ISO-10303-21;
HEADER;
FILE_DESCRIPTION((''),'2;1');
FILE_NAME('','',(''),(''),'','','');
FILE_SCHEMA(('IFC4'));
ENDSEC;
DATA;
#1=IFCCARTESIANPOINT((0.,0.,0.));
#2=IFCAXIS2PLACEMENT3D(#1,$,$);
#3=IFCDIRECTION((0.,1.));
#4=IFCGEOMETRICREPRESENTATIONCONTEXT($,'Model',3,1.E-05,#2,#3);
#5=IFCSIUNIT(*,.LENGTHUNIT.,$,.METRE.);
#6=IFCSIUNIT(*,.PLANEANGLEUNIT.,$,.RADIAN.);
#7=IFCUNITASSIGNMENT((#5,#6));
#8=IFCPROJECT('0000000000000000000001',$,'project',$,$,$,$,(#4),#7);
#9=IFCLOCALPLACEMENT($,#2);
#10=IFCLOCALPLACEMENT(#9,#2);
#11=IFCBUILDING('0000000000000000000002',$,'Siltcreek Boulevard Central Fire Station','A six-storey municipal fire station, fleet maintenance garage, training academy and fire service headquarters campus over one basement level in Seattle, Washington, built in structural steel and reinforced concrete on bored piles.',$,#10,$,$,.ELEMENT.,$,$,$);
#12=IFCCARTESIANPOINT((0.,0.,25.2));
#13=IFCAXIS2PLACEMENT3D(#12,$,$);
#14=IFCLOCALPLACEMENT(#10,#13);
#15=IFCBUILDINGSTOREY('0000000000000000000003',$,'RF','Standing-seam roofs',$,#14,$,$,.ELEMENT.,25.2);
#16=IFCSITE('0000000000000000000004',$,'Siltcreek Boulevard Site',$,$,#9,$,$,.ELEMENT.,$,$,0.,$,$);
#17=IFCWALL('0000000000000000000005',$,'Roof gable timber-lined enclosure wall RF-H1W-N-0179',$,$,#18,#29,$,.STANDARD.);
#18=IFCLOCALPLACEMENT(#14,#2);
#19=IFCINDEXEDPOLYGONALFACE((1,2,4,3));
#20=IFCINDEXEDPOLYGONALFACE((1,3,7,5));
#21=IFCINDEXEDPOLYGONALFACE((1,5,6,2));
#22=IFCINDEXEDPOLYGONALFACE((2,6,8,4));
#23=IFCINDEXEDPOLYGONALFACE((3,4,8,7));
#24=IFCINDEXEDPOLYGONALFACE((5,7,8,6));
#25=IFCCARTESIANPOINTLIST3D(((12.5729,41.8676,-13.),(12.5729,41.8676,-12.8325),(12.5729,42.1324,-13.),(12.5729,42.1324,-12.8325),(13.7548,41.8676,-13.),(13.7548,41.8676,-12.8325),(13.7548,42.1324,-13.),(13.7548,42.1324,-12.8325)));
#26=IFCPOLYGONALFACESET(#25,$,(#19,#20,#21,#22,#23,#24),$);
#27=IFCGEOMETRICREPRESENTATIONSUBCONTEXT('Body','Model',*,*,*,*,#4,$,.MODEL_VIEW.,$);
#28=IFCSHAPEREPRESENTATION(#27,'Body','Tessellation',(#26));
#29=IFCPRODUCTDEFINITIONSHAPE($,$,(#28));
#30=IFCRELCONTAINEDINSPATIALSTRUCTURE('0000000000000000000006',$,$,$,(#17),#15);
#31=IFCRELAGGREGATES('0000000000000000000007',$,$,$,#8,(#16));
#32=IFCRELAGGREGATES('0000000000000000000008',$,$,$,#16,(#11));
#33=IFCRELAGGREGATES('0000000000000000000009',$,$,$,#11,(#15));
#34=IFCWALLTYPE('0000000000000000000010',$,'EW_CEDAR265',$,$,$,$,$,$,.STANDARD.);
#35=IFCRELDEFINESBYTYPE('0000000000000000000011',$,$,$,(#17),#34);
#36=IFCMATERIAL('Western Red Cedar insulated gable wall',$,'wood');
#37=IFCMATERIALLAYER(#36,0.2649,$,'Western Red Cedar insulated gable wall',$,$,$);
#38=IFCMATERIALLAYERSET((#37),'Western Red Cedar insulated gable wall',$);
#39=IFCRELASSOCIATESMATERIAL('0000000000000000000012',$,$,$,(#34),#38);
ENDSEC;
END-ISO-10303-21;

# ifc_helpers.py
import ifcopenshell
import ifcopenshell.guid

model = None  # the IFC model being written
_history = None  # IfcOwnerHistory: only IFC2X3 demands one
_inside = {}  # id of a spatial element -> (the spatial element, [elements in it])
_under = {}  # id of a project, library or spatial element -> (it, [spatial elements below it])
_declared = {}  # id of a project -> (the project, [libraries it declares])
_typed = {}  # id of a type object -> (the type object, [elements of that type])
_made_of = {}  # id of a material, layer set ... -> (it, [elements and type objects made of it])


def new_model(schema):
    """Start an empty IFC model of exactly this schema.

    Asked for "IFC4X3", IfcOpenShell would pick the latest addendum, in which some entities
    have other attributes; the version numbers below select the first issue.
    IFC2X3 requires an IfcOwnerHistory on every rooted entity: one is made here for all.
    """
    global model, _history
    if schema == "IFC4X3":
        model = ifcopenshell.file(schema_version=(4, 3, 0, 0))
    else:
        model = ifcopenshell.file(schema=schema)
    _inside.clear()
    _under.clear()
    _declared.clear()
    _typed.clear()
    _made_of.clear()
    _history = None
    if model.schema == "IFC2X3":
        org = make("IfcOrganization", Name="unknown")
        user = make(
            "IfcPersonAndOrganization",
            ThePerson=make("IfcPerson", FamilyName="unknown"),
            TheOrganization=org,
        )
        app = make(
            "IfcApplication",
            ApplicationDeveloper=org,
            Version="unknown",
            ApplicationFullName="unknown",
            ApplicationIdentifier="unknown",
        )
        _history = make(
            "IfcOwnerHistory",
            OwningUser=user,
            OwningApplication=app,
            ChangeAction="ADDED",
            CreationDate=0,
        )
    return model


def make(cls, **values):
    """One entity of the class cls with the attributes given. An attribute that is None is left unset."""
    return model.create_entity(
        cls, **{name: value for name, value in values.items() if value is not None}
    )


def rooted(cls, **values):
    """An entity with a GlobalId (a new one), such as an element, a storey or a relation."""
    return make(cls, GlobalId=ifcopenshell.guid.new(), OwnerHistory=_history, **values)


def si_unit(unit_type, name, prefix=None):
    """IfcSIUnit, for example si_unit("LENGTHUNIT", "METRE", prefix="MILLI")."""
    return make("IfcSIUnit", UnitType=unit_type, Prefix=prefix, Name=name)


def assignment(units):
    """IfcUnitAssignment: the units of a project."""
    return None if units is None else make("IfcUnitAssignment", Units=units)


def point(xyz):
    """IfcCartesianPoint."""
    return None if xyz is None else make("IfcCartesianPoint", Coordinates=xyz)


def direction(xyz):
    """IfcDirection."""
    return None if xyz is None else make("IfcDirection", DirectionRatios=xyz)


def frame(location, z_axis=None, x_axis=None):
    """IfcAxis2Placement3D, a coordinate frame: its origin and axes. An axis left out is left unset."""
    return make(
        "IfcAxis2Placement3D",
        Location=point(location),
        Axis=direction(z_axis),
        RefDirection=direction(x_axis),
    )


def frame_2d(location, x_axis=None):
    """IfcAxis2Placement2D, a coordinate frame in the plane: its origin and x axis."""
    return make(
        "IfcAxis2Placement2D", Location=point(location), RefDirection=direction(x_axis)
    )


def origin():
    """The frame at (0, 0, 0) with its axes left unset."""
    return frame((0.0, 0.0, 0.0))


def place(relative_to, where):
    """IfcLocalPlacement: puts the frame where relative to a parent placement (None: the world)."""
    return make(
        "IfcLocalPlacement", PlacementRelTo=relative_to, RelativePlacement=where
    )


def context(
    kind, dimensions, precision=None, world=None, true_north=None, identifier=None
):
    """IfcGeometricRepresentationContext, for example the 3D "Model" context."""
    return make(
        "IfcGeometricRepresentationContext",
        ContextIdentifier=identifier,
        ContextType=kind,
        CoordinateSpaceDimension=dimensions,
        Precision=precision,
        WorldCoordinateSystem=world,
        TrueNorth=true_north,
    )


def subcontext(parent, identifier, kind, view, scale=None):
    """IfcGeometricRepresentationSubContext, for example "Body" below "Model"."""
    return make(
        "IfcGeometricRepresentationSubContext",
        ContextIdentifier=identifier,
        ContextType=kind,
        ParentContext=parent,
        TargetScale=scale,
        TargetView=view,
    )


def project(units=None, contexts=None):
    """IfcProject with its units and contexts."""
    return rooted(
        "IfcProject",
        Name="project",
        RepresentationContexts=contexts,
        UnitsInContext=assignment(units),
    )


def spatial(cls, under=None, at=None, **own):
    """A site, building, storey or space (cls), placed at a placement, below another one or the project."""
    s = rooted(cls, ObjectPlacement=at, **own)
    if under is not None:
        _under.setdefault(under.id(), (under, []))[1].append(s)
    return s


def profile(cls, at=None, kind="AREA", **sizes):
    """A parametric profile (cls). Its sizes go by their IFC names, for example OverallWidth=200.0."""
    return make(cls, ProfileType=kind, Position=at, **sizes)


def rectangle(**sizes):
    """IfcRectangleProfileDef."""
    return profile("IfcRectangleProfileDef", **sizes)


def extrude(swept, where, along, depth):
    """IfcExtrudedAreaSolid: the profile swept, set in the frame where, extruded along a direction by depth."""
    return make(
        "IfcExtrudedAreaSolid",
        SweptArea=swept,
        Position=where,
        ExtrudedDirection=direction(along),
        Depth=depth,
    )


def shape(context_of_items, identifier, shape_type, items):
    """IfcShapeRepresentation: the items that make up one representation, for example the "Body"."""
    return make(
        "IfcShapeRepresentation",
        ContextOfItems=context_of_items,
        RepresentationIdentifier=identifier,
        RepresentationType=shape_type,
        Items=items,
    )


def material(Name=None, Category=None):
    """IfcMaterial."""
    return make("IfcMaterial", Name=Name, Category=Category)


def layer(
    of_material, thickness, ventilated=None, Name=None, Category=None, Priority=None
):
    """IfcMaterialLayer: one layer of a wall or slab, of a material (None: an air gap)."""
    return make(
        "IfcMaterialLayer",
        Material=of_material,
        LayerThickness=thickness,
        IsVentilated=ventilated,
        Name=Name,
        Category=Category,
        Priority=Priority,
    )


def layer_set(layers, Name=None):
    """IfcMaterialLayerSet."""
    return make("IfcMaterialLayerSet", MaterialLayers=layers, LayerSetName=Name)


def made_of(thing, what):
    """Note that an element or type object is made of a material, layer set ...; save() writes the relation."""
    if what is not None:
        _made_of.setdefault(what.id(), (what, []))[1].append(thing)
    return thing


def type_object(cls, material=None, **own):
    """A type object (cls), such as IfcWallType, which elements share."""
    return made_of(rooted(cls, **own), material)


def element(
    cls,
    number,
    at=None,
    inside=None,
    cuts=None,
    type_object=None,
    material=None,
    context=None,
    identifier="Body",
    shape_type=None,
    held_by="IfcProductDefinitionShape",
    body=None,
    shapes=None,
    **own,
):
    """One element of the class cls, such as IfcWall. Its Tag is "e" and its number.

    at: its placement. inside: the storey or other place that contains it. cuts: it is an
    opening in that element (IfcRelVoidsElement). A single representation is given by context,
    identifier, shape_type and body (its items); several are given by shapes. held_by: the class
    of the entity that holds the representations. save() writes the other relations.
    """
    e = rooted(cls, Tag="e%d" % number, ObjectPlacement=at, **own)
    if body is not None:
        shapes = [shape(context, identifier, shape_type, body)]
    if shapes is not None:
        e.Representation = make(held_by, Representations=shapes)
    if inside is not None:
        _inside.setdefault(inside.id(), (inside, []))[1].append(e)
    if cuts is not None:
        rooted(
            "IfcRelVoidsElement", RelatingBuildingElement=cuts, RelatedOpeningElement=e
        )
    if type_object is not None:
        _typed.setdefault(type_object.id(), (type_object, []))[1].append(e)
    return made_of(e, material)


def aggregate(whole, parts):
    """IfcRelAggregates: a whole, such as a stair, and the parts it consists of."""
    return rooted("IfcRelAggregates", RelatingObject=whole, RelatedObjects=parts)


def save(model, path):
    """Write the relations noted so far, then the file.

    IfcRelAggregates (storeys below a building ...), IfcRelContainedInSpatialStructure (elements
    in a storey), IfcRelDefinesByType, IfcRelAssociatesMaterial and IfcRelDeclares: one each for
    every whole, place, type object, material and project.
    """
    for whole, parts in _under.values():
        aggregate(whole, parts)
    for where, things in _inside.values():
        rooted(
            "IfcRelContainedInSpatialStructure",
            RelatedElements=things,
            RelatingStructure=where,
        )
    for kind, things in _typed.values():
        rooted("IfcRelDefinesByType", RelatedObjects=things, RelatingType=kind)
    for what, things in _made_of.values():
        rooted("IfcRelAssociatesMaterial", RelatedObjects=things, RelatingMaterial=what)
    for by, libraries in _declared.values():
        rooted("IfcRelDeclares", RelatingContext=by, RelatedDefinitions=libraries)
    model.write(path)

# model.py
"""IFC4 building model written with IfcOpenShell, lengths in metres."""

from ifc_helpers import new_model, si_unit, direction, frame, frame_2d, origin, place, context, subcontext, project, spatial, rectangle, extrude, material, layer, layer_set, type_object, element, save


model = new_model("IFC4")

# Units and contexts
model_context = context("Model", 3, precision=1e-05, world=origin(), true_north=direction((0.0, 1.0)))
body_context = subcontext(model_context, "Body", "Model", "MODEL_VIEW")
ifc_project = project(units=[si_unit("LENGTHUNIT", "METRE"), si_unit("PLANEANGLEUNIT", "RADIAN")], contexts=[model_context])

# Site, building, storey
site_placement = place(None, origin())
site = spatial("IfcSite", under=ifc_project, at=site_placement, Name="Siltcreek Boulevard Site", CompositionType="ELEMENT", RefElevation=0.0)
building_placement = place(site_placement, origin())
building = spatial("IfcBuilding", under=site, at=building_placement, Name="Siltcreek Boulevard Central Fire Station", Description="A six-storey municipal fire station, fleet maintenance garage, training academy and fire service headquarters campus over one basement level in Seattle, Washington, built in structural steel and reinforced concrete on bored piles.", CompositionType="ELEMENT")
storey_placement = place(building_placement, frame((0.0, 0.0, 25.2)))
storey = spatial("IfcBuildingStorey", under=building, at=storey_placement, Name="RF", Description="Standing-seam roofs", CompositionType="ELEMENT", Elevation=25.2)

# Wall
ifc_material_1 = material(Name="Western Red Cedar insulated gable wall", Category="wood")
ifc_layer_1 = layer(ifc_material_1, 0.2649, Name="Western Red Cedar insulated gable wall")
ifc_layer_set_1 = layer_set([ifc_layer_1], Name="Western Red Cedar insulated gable wall")
wall_type = type_object("IfcWallType", Name="EW_CEDAR265", PredefinedType="STANDARD", material=ifc_layer_set_1)
for number, where, z_axis, x_axis, name in (
    (1, (12.573, 42.0, -13.0), (0.0, 0.0, 1.0), (1.0, 0.0, 0.0), "Roof gable timber-lined enclosure wall RF-H1W-N-0179"),
):
    element("IfcWall", number, at=place(storey_placement, frame(where, z_axis=z_axis, x_axis=x_axis)), inside=storey, type_object=wall_type, Name=name, PredefinedType="STANDARD", context=body_context, shape_type="SweptSolid", body=[
        extrude(rectangle(XDim=1.1819, YDim=0.2649, at=frame_2d((0.5908, 0.0))), origin(), (0.0, 0.0, 1.0), 0.1675),
    ])

save(model, "model.ifc")
